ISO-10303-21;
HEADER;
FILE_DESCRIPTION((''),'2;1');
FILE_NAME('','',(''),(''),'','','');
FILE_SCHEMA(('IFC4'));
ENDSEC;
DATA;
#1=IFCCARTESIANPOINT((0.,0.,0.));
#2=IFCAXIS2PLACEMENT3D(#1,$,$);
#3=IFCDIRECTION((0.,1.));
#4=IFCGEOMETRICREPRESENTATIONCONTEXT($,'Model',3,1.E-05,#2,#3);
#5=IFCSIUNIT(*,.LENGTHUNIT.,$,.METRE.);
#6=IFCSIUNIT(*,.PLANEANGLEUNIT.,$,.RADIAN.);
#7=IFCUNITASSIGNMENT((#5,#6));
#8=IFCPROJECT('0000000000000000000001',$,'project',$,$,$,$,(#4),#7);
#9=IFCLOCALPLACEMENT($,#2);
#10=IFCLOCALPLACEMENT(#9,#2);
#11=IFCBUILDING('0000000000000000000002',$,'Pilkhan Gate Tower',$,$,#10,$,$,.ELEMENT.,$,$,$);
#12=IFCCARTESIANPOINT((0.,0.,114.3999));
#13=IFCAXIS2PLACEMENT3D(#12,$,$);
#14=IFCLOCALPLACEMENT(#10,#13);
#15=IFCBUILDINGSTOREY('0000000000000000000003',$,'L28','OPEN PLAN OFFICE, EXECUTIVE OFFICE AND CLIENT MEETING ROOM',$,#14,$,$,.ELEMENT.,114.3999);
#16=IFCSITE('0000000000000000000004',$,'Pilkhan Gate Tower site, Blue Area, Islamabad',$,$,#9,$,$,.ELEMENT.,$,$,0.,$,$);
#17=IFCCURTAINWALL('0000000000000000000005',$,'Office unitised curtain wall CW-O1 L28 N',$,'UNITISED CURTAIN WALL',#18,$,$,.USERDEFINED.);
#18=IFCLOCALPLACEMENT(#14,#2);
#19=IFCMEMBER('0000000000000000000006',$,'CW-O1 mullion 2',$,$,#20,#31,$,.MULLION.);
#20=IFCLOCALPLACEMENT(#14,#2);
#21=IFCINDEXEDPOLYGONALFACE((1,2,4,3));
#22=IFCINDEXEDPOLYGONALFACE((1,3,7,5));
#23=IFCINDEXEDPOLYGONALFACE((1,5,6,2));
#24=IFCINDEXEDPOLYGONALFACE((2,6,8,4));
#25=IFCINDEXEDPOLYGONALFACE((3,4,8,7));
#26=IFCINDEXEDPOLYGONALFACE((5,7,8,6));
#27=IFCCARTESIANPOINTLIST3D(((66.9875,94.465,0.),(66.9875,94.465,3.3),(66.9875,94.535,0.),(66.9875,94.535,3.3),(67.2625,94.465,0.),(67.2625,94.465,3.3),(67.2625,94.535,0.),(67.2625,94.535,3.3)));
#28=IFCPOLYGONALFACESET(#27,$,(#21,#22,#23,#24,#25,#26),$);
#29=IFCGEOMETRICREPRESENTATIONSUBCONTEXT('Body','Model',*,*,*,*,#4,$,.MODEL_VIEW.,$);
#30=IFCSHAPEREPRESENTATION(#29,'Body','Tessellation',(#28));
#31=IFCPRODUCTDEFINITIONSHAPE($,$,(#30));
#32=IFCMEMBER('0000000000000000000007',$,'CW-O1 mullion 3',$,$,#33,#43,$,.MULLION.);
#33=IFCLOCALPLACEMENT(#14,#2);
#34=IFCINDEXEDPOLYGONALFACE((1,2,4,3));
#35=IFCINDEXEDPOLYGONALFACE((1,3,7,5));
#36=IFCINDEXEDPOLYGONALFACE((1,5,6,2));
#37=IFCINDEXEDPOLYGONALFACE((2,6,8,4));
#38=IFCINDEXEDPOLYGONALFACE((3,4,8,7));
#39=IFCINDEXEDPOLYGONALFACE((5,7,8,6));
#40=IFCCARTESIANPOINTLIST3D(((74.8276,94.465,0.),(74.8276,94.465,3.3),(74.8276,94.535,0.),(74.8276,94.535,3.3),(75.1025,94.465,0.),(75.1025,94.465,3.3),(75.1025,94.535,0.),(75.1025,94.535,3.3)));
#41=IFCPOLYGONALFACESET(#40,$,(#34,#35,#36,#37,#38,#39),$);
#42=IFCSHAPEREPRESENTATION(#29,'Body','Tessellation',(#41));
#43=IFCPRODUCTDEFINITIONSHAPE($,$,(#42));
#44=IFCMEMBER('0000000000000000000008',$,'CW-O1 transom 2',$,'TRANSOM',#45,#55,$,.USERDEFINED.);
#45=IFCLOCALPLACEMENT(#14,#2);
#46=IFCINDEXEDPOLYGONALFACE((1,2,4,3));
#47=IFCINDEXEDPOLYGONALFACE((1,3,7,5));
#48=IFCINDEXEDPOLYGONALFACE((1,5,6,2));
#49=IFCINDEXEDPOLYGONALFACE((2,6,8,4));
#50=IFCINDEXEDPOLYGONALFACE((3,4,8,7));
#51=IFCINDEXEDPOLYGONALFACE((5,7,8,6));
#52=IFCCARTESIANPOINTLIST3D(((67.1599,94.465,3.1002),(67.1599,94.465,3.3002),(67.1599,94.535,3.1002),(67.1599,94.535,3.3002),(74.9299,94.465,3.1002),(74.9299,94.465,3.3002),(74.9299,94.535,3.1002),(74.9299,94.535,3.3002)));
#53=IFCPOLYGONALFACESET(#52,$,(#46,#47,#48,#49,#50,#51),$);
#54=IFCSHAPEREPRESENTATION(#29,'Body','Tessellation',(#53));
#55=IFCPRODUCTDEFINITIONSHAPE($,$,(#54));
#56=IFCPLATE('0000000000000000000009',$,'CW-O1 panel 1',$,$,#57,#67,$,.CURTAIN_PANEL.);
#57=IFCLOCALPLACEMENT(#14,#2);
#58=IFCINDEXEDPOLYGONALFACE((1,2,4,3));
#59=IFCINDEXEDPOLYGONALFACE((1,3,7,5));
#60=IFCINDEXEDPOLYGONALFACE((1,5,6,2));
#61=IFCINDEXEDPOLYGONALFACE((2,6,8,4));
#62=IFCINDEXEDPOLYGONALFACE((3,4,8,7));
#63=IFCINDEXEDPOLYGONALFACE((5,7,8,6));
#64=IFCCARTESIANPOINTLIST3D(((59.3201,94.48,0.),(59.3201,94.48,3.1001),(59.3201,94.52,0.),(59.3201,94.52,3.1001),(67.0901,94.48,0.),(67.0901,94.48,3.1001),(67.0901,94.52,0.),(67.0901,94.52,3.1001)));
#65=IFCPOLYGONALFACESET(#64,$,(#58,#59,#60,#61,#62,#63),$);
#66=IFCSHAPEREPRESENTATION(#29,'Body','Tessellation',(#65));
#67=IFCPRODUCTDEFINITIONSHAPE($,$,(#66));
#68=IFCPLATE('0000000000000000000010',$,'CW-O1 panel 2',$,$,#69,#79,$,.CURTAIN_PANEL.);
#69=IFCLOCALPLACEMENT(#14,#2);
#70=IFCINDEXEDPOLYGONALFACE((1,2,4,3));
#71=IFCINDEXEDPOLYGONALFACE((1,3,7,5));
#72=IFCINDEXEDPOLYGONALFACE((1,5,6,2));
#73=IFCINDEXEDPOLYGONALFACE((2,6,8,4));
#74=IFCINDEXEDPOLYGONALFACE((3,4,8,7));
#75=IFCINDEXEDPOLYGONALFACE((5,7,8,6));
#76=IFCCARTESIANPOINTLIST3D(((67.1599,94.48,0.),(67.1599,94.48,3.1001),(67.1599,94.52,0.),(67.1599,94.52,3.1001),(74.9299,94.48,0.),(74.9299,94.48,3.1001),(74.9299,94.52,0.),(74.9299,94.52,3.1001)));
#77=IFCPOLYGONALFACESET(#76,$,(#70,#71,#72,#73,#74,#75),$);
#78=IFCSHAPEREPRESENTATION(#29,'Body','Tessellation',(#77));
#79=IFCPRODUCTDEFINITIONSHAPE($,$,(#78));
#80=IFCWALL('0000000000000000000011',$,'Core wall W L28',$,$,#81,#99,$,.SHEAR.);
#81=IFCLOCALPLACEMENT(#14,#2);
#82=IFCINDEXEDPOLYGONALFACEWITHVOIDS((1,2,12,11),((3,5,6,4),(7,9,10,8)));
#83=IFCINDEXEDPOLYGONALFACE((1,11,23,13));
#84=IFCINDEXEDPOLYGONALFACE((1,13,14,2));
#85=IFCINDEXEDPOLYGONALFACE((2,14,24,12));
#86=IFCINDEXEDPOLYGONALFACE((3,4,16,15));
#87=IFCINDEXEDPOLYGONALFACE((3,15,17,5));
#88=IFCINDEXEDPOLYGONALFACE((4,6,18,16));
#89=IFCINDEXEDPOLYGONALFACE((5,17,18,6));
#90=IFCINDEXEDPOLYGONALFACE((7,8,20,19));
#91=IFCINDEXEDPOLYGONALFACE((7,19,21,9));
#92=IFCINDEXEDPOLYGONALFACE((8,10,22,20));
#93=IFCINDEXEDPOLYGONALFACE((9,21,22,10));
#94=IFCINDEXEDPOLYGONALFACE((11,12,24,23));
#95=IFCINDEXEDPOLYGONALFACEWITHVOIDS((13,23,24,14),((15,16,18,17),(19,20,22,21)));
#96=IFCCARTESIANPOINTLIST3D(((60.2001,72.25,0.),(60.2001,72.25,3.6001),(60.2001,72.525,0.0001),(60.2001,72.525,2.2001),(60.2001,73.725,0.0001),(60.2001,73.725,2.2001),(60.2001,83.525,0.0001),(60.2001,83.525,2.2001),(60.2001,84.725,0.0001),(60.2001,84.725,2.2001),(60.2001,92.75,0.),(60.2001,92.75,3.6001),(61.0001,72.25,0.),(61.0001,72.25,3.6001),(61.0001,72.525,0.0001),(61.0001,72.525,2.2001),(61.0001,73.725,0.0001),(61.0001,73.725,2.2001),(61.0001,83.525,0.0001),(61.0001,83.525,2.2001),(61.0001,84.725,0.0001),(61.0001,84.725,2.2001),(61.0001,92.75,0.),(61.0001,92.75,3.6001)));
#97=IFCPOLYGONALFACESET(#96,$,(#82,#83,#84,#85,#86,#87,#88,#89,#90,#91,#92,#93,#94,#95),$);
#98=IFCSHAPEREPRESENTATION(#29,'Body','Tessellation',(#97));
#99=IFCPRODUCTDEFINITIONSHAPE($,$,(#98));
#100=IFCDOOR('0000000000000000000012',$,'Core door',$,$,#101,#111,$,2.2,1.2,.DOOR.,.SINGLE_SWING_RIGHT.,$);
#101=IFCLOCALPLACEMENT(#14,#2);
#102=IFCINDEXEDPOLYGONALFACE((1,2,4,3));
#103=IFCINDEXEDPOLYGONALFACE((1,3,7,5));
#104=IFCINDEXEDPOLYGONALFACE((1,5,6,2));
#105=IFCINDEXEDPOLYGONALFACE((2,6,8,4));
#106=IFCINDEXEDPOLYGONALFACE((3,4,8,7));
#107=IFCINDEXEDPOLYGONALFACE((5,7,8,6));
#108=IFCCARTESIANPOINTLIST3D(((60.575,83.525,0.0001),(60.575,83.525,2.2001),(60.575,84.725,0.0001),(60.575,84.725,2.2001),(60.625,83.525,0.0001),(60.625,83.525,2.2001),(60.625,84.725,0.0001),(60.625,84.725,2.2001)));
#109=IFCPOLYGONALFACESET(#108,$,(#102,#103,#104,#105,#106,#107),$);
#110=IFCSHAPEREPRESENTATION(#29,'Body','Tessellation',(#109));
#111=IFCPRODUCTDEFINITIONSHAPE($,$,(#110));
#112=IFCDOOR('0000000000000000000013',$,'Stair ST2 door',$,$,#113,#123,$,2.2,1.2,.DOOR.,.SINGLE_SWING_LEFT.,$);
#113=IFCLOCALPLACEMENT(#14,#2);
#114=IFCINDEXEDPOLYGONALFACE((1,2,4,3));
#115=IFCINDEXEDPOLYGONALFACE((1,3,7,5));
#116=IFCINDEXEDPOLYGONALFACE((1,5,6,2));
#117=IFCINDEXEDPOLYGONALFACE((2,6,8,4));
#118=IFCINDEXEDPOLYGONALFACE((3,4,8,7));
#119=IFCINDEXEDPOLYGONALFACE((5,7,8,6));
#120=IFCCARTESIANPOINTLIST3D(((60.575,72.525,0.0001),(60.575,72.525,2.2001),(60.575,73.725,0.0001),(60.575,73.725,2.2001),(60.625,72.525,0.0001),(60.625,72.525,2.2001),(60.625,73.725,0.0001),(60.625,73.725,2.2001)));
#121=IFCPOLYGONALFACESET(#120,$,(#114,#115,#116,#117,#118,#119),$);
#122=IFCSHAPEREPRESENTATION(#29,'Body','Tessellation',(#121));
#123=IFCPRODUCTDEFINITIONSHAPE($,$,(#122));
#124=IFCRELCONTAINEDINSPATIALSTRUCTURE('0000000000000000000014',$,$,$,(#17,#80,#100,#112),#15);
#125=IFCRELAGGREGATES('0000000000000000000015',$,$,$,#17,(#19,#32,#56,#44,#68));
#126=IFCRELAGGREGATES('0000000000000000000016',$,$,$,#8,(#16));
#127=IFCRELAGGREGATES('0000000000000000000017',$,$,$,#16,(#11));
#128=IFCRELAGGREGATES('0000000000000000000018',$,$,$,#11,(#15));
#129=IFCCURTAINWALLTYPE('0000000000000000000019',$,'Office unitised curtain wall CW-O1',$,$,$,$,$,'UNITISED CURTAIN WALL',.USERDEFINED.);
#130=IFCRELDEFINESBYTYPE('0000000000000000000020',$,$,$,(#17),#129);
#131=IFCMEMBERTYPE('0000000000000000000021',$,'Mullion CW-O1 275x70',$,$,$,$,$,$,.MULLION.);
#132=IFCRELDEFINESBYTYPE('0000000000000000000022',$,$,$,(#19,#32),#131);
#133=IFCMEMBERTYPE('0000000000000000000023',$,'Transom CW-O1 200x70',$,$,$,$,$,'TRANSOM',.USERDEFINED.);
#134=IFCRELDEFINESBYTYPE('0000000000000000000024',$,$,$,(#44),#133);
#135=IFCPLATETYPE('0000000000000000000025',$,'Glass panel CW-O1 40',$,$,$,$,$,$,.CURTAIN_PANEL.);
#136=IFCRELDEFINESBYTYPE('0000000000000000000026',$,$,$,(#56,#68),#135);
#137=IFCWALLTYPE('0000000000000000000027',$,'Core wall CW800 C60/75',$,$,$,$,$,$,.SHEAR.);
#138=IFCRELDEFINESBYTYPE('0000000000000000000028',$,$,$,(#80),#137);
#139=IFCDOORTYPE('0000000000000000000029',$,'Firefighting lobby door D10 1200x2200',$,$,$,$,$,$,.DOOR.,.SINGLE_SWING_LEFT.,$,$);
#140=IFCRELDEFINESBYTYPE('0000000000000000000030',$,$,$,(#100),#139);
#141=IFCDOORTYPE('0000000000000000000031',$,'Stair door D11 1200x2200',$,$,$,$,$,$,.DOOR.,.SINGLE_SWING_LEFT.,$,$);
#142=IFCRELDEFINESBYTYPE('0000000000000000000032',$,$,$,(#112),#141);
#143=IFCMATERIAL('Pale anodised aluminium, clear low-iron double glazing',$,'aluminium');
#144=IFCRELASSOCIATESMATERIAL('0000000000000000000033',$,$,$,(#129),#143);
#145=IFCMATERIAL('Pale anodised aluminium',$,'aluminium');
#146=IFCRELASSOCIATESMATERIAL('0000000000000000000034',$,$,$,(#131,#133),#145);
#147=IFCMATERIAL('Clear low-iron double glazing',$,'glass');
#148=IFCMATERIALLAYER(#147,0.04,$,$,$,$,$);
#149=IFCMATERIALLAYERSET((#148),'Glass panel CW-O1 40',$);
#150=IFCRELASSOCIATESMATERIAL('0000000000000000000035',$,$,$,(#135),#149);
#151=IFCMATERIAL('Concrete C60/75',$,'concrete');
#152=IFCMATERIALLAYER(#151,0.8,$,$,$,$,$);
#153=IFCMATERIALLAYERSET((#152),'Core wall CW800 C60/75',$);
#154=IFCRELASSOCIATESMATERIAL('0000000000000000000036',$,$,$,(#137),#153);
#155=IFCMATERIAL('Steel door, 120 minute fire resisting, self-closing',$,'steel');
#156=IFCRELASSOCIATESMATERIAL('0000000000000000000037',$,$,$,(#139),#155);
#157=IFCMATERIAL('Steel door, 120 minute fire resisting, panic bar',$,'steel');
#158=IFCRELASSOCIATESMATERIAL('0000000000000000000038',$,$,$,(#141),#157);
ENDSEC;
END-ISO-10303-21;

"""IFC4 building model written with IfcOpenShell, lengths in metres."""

from ifc_helpers import new_model, si_unit, direction, frame, frame_2d, origin, origin_2d, place, context, subcontext, project, spatial, rectangle, extrude, material, layer, layer_set, material_profile, profile_set, type_object, element, fill, aggregate, save


model = new_model("IFC4")

# Units and contexts
model_context = context("Model", 3, precision=1e-05, world=origin(), true_north=direction((0.0, 1.0)))
body_context = subcontext(model_context, "Body", "Model", "MODEL_VIEW")
ifc_project = project(units=[si_unit("LENGTHUNIT", "METRE"), si_unit("PLANEANGLEUNIT", "RADIAN")], contexts=[model_context])

# Site, building, storey
site_placement = place(None, origin())
site = spatial("IfcSite", under=ifc_project, at=site_placement, Name="Pilkhan Gate Tower site, Blue Area, Islamabad", CompositionType="ELEMENT", RefElevation=0.0)
building_placement = place(site_placement, origin())
building = spatial("IfcBuilding", under=site, at=building_placement, Name="Pilkhan Gate Tower", CompositionType="ELEMENT")
storey_placement = place(building_placement, frame((0.0, 0.0, 114.3999)))
storey = spatial("IfcBuildingStorey", under=building, at=storey_placement, Name="L28", Description="OPEN PLAN OFFICE, EXECUTIVE OFFICE AND CLIENT MEETING ROOM", CompositionType="ELEMENT", Elevation=114.3999)

# Curtain wall, members, plates
ifc_material_1 = material(Name="Pale anodised aluminium, clear low-iron double glazing", Category="aluminium")
curtain_wall_type = type_object("IfcCurtainWallType", Name="Office unitised curtain wall CW-O1", ElementType="UNITISED CURTAIN WALL", PredefinedType="USERDEFINED", material=ifc_material_1)
curtain_wall_placement = place(storey_placement, origin())
curtain_wall = element("IfcCurtainWall", 1, at=curtain_wall_placement, inside=storey, type_object=curtain_wall_type, Name="Office unitised curtain wall CW-O1 L28 N", ObjectType="UNITISED CURTAIN WALL", PredefinedType="USERDEFINED")
ifc_material_2 = material(Name="Pale anodised aluminium", Category="aluminium")
ifc_material_profile_1 = material_profile(ifc_material_2, rectangle(XDim=0.0701, YDim=0.2749, at=origin_2d()), Name="Mullion 275x70")
ifc_profile_set_1 = profile_set([ifc_material_profile_1], Name="Pale anodised aluminium")
member_type_1 = type_object("IfcMemberType", Name="Mullion CW-O1 275x70", PredefinedType="MULLION", material=ifc_profile_set_1)
member_1_placement = place(storey_placement, frame((67.125, 94.5, 0.0), z_axis=(0.0, 0.0, 1.0), x_axis=(0.0, 1.0, 0.0)))
member_1 = element("IfcMember", 2, at=member_1_placement, type_object=member_type_1, Name="CW-O1 mullion 2", PredefinedType="MULLION", context=body_context, shape_type="SweptSolid", body=[
    extrude(rectangle(XDim=0.0701, YDim=0.2749, at=origin_2d()), origin(), (0.0, 0.0, 1.0), 3.3),
])
member_2_placement = place(storey_placement, frame((74.9651, 94.5, 0.0), z_axis=(0.0, 0.0, 1.0), x_axis=(0.0, 1.0, 0.0)))
member_2 = element("IfcMember", 3, at=member_2_placement, type_object=member_type_1, Name="CW-O1 mullion 3", PredefinedType="MULLION", context=body_context, shape_type="SweptSolid", body=[
    extrude(rectangle(XDim=0.0701, YDim=0.2749, at=origin_2d()), origin(), (0.0, 0.0, 1.0), 3.3),
])
ifc_material_profile_2 = material_profile(ifc_material_2, rectangle(XDim=0.0701, YDim=0.2, at=origin_2d()), Name="Transom 200x70")
ifc_profile_set_2 = profile_set([ifc_material_profile_2], Name="Pale anodised aluminium")
member_type_2 = type_object("IfcMemberType", Name="Transom CW-O1 200x70", ElementType="TRANSOM", PredefinedType="USERDEFINED", material=ifc_profile_set_2)
member_3_placement = place(storey_placement, frame((67.1599, 94.5, 3.2002), z_axis=(1.0, 0.0, 0.0), x_axis=(0.0, 1.0, 0.0)))
member_3 = element("IfcMember", 4, at=member_3_placement, type_object=member_type_2, Name="CW-O1 transom 2", ObjectType="TRANSOM", PredefinedType="USERDEFINED", context=body_context, shape_type="SweptSolid", body=[
    extrude(rectangle(XDim=0.0701, YDim=0.2, at=origin_2d()), origin(), (0.0, 0.0, 1.0), 7.77),
])
ifc_material_3 = material(Name="Clear low-iron double glazing", Category="glass")
ifc_layer_1 = layer(ifc_material_3, 0.04)
ifc_layer_set_1 = layer_set([ifc_layer_1], Name="Glass panel CW-O1 40")
plate_type = type_object("IfcPlateType", Name="Glass panel CW-O1 40", PredefinedType="CURTAIN_PANEL", material=ifc_layer_set_1)
plate_1_placement = place(storey_placement, frame((63.2051, 94.5, 0.0), z_axis=(0.0, 0.0, 1.0), x_axis=(1.0, 0.0, 0.0)))
plate_1 = element("IfcPlate", 5, at=plate_1_placement, type_object=plate_type, Name="CW-O1 panel 1", PredefinedType="CURTAIN_PANEL", context=body_context, shape_type="SweptSolid", body=[
    extrude(rectangle(XDim=7.77, YDim=0.04, at=origin_2d()), origin(), (0.0, 0.0, 1.0), 3.1001),
])
plate_2_placement = place(storey_placement, frame((71.0449, 94.5, 0.0), z_axis=(0.0, 0.0, 1.0), x_axis=(1.0, 0.0, 0.0)))
plate_2 = element("IfcPlate", 6, at=plate_2_placement, type_object=plate_type, Name="CW-O1 panel 2", PredefinedType="CURTAIN_PANEL", context=body_context, shape_type="SweptSolid", body=[
    extrude(rectangle(XDim=7.77, YDim=0.04, at=origin_2d()), origin(), (0.0, 0.0, 1.0), 3.1001),
])
aggregate(curtain_wall, [member_1, member_2, plate_1, member_3, plate_2])

# Wall, openings, doors
ifc_material_4 = material(Name="Concrete C60/75", Category="concrete")
ifc_layer_2 = layer(ifc_material_4, 0.8)
ifc_layer_set_2 = layer_set([ifc_layer_2], Name="Core wall CW800 C60/75")
wall_type_1 = type_object("IfcWallType", Name="Core wall CW800 C60/75", PredefinedType="SHEAR", material=ifc_layer_set_2)
wall_1_placement = place(storey_placement, frame((60.6001, 92.75, 0.0), z_axis=(0.0, 0.0, 1.0), x_axis=(0.0, -1.0, 0.0)))
wall_1 = element("IfcWall", 7, at=wall_1_placement, inside=storey, type_object=wall_type_1, Name="Core wall W L28", PredefinedType="SHEAR", context=body_context, shape_type="SweptSolid", body=[
    extrude(rectangle(XDim=20.5, YDim=0.8, at=frame_2d((10.25, 0.0))), origin(), (0.0, 0.0, 1.0), 3.6001),
])
opening_1_placement = place(wall_1_placement, frame((19.0249, 0.0, 0.0)))
opening_1 = element("IfcOpeningElement", 8, at=opening_1_placement, cuts=wall_1, PredefinedType="OPENING", context=body_context, shape_type="SweptSolid", body=[
    extrude(rectangle(XDim=1.2, YDim=2.2, at=frame_2d((0.6001, 1.1001))), frame((0.0, 0.4099, 0.0), z_axis=(0.0, -1.0, 0.0), x_axis=(1.0, 0.0, 0.0)), (0.0, 0.0, 1.0), 0.8201),
])
opening_2_placement = place(wall_1_placement, frame((8.0249, 0.0, 0.0)))
opening_2 = element("IfcOpeningElement", 9, at=opening_2_placement, cuts=wall_1, PredefinedType="OPENING", context=body_context, shape_type="SweptSolid", body=[
    extrude(rectangle(XDim=1.2, YDim=2.2, at=frame_2d((0.6001, 1.1001))), frame((0.0, 0.4099, 0.0), z_axis=(0.0, -1.0, 0.0), x_axis=(1.0, 0.0, 0.0)), (0.0, 0.0, 1.0), 0.8201),
])
ifc_material_5 = material(Name="Steel door, 120 minute fire resisting, self-closing", Category="steel")
door_type_1 = type_object("IfcDoorType", Name="Firefighting lobby door D10 1200x2200", OperationType="SINGLE_SWING_LEFT", PredefinedType="DOOR", material=ifc_material_5)
door_1_placement = place(opening_2_placement, origin())
door_1 = element("IfcDoor", 10, at=door_1_placement, inside=storey, type_object=door_type_1, Name="Core door", OperationType="SINGLE_SWING_RIGHT", OverallHeight=2.2, OverallWidth=1.2, PredefinedType="DOOR", context=body_context, shape_type="SweptSolid", body=[
    extrude(rectangle(XDim=1.2, YDim=2.2, at=frame_2d((0.6001, 1.1001))), frame((0.0, 0.0249, 0.0), z_axis=(0.0, -1.0, 0.0), x_axis=(1.0, 0.0, 0.0)), (0.0, 0.0, 1.0), 0.05),
])
fill(opening_2, door_1)
ifc_material_6 = material(Name="Steel door, 120 minute fire resisting, panic bar", Category="steel")
door_type_2 = type_object("IfcDoorType", Name="Stair door D11 1200x2200", OperationType="SINGLE_SWING_LEFT", PredefinedType="DOOR", material=ifc_material_6)
door_2_placement = place(opening_1_placement, origin())
door_2 = element("IfcDoor", 11, at=door_2_placement, inside=storey, type_object=door_type_2, Name="Stair ST2 door", OperationType="SINGLE_SWING_LEFT", OverallHeight=2.2, OverallWidth=1.2, PredefinedType="DOOR", context=body_context, shape_type="SweptSolid", body=[
    extrude(rectangle(XDim=1.2, YDim=2.2, at=frame_2d((0.6001, 1.1001))), frame((0.0, 0.0249, 0.0), z_axis=(0.0, -1.0, 0.0), x_axis=(1.0, 0.0, 0.0)), (0.0, 0.0, 1.0), 0.05),
])
fill(opening_1, door_2)

save(model, "model.ifc")
